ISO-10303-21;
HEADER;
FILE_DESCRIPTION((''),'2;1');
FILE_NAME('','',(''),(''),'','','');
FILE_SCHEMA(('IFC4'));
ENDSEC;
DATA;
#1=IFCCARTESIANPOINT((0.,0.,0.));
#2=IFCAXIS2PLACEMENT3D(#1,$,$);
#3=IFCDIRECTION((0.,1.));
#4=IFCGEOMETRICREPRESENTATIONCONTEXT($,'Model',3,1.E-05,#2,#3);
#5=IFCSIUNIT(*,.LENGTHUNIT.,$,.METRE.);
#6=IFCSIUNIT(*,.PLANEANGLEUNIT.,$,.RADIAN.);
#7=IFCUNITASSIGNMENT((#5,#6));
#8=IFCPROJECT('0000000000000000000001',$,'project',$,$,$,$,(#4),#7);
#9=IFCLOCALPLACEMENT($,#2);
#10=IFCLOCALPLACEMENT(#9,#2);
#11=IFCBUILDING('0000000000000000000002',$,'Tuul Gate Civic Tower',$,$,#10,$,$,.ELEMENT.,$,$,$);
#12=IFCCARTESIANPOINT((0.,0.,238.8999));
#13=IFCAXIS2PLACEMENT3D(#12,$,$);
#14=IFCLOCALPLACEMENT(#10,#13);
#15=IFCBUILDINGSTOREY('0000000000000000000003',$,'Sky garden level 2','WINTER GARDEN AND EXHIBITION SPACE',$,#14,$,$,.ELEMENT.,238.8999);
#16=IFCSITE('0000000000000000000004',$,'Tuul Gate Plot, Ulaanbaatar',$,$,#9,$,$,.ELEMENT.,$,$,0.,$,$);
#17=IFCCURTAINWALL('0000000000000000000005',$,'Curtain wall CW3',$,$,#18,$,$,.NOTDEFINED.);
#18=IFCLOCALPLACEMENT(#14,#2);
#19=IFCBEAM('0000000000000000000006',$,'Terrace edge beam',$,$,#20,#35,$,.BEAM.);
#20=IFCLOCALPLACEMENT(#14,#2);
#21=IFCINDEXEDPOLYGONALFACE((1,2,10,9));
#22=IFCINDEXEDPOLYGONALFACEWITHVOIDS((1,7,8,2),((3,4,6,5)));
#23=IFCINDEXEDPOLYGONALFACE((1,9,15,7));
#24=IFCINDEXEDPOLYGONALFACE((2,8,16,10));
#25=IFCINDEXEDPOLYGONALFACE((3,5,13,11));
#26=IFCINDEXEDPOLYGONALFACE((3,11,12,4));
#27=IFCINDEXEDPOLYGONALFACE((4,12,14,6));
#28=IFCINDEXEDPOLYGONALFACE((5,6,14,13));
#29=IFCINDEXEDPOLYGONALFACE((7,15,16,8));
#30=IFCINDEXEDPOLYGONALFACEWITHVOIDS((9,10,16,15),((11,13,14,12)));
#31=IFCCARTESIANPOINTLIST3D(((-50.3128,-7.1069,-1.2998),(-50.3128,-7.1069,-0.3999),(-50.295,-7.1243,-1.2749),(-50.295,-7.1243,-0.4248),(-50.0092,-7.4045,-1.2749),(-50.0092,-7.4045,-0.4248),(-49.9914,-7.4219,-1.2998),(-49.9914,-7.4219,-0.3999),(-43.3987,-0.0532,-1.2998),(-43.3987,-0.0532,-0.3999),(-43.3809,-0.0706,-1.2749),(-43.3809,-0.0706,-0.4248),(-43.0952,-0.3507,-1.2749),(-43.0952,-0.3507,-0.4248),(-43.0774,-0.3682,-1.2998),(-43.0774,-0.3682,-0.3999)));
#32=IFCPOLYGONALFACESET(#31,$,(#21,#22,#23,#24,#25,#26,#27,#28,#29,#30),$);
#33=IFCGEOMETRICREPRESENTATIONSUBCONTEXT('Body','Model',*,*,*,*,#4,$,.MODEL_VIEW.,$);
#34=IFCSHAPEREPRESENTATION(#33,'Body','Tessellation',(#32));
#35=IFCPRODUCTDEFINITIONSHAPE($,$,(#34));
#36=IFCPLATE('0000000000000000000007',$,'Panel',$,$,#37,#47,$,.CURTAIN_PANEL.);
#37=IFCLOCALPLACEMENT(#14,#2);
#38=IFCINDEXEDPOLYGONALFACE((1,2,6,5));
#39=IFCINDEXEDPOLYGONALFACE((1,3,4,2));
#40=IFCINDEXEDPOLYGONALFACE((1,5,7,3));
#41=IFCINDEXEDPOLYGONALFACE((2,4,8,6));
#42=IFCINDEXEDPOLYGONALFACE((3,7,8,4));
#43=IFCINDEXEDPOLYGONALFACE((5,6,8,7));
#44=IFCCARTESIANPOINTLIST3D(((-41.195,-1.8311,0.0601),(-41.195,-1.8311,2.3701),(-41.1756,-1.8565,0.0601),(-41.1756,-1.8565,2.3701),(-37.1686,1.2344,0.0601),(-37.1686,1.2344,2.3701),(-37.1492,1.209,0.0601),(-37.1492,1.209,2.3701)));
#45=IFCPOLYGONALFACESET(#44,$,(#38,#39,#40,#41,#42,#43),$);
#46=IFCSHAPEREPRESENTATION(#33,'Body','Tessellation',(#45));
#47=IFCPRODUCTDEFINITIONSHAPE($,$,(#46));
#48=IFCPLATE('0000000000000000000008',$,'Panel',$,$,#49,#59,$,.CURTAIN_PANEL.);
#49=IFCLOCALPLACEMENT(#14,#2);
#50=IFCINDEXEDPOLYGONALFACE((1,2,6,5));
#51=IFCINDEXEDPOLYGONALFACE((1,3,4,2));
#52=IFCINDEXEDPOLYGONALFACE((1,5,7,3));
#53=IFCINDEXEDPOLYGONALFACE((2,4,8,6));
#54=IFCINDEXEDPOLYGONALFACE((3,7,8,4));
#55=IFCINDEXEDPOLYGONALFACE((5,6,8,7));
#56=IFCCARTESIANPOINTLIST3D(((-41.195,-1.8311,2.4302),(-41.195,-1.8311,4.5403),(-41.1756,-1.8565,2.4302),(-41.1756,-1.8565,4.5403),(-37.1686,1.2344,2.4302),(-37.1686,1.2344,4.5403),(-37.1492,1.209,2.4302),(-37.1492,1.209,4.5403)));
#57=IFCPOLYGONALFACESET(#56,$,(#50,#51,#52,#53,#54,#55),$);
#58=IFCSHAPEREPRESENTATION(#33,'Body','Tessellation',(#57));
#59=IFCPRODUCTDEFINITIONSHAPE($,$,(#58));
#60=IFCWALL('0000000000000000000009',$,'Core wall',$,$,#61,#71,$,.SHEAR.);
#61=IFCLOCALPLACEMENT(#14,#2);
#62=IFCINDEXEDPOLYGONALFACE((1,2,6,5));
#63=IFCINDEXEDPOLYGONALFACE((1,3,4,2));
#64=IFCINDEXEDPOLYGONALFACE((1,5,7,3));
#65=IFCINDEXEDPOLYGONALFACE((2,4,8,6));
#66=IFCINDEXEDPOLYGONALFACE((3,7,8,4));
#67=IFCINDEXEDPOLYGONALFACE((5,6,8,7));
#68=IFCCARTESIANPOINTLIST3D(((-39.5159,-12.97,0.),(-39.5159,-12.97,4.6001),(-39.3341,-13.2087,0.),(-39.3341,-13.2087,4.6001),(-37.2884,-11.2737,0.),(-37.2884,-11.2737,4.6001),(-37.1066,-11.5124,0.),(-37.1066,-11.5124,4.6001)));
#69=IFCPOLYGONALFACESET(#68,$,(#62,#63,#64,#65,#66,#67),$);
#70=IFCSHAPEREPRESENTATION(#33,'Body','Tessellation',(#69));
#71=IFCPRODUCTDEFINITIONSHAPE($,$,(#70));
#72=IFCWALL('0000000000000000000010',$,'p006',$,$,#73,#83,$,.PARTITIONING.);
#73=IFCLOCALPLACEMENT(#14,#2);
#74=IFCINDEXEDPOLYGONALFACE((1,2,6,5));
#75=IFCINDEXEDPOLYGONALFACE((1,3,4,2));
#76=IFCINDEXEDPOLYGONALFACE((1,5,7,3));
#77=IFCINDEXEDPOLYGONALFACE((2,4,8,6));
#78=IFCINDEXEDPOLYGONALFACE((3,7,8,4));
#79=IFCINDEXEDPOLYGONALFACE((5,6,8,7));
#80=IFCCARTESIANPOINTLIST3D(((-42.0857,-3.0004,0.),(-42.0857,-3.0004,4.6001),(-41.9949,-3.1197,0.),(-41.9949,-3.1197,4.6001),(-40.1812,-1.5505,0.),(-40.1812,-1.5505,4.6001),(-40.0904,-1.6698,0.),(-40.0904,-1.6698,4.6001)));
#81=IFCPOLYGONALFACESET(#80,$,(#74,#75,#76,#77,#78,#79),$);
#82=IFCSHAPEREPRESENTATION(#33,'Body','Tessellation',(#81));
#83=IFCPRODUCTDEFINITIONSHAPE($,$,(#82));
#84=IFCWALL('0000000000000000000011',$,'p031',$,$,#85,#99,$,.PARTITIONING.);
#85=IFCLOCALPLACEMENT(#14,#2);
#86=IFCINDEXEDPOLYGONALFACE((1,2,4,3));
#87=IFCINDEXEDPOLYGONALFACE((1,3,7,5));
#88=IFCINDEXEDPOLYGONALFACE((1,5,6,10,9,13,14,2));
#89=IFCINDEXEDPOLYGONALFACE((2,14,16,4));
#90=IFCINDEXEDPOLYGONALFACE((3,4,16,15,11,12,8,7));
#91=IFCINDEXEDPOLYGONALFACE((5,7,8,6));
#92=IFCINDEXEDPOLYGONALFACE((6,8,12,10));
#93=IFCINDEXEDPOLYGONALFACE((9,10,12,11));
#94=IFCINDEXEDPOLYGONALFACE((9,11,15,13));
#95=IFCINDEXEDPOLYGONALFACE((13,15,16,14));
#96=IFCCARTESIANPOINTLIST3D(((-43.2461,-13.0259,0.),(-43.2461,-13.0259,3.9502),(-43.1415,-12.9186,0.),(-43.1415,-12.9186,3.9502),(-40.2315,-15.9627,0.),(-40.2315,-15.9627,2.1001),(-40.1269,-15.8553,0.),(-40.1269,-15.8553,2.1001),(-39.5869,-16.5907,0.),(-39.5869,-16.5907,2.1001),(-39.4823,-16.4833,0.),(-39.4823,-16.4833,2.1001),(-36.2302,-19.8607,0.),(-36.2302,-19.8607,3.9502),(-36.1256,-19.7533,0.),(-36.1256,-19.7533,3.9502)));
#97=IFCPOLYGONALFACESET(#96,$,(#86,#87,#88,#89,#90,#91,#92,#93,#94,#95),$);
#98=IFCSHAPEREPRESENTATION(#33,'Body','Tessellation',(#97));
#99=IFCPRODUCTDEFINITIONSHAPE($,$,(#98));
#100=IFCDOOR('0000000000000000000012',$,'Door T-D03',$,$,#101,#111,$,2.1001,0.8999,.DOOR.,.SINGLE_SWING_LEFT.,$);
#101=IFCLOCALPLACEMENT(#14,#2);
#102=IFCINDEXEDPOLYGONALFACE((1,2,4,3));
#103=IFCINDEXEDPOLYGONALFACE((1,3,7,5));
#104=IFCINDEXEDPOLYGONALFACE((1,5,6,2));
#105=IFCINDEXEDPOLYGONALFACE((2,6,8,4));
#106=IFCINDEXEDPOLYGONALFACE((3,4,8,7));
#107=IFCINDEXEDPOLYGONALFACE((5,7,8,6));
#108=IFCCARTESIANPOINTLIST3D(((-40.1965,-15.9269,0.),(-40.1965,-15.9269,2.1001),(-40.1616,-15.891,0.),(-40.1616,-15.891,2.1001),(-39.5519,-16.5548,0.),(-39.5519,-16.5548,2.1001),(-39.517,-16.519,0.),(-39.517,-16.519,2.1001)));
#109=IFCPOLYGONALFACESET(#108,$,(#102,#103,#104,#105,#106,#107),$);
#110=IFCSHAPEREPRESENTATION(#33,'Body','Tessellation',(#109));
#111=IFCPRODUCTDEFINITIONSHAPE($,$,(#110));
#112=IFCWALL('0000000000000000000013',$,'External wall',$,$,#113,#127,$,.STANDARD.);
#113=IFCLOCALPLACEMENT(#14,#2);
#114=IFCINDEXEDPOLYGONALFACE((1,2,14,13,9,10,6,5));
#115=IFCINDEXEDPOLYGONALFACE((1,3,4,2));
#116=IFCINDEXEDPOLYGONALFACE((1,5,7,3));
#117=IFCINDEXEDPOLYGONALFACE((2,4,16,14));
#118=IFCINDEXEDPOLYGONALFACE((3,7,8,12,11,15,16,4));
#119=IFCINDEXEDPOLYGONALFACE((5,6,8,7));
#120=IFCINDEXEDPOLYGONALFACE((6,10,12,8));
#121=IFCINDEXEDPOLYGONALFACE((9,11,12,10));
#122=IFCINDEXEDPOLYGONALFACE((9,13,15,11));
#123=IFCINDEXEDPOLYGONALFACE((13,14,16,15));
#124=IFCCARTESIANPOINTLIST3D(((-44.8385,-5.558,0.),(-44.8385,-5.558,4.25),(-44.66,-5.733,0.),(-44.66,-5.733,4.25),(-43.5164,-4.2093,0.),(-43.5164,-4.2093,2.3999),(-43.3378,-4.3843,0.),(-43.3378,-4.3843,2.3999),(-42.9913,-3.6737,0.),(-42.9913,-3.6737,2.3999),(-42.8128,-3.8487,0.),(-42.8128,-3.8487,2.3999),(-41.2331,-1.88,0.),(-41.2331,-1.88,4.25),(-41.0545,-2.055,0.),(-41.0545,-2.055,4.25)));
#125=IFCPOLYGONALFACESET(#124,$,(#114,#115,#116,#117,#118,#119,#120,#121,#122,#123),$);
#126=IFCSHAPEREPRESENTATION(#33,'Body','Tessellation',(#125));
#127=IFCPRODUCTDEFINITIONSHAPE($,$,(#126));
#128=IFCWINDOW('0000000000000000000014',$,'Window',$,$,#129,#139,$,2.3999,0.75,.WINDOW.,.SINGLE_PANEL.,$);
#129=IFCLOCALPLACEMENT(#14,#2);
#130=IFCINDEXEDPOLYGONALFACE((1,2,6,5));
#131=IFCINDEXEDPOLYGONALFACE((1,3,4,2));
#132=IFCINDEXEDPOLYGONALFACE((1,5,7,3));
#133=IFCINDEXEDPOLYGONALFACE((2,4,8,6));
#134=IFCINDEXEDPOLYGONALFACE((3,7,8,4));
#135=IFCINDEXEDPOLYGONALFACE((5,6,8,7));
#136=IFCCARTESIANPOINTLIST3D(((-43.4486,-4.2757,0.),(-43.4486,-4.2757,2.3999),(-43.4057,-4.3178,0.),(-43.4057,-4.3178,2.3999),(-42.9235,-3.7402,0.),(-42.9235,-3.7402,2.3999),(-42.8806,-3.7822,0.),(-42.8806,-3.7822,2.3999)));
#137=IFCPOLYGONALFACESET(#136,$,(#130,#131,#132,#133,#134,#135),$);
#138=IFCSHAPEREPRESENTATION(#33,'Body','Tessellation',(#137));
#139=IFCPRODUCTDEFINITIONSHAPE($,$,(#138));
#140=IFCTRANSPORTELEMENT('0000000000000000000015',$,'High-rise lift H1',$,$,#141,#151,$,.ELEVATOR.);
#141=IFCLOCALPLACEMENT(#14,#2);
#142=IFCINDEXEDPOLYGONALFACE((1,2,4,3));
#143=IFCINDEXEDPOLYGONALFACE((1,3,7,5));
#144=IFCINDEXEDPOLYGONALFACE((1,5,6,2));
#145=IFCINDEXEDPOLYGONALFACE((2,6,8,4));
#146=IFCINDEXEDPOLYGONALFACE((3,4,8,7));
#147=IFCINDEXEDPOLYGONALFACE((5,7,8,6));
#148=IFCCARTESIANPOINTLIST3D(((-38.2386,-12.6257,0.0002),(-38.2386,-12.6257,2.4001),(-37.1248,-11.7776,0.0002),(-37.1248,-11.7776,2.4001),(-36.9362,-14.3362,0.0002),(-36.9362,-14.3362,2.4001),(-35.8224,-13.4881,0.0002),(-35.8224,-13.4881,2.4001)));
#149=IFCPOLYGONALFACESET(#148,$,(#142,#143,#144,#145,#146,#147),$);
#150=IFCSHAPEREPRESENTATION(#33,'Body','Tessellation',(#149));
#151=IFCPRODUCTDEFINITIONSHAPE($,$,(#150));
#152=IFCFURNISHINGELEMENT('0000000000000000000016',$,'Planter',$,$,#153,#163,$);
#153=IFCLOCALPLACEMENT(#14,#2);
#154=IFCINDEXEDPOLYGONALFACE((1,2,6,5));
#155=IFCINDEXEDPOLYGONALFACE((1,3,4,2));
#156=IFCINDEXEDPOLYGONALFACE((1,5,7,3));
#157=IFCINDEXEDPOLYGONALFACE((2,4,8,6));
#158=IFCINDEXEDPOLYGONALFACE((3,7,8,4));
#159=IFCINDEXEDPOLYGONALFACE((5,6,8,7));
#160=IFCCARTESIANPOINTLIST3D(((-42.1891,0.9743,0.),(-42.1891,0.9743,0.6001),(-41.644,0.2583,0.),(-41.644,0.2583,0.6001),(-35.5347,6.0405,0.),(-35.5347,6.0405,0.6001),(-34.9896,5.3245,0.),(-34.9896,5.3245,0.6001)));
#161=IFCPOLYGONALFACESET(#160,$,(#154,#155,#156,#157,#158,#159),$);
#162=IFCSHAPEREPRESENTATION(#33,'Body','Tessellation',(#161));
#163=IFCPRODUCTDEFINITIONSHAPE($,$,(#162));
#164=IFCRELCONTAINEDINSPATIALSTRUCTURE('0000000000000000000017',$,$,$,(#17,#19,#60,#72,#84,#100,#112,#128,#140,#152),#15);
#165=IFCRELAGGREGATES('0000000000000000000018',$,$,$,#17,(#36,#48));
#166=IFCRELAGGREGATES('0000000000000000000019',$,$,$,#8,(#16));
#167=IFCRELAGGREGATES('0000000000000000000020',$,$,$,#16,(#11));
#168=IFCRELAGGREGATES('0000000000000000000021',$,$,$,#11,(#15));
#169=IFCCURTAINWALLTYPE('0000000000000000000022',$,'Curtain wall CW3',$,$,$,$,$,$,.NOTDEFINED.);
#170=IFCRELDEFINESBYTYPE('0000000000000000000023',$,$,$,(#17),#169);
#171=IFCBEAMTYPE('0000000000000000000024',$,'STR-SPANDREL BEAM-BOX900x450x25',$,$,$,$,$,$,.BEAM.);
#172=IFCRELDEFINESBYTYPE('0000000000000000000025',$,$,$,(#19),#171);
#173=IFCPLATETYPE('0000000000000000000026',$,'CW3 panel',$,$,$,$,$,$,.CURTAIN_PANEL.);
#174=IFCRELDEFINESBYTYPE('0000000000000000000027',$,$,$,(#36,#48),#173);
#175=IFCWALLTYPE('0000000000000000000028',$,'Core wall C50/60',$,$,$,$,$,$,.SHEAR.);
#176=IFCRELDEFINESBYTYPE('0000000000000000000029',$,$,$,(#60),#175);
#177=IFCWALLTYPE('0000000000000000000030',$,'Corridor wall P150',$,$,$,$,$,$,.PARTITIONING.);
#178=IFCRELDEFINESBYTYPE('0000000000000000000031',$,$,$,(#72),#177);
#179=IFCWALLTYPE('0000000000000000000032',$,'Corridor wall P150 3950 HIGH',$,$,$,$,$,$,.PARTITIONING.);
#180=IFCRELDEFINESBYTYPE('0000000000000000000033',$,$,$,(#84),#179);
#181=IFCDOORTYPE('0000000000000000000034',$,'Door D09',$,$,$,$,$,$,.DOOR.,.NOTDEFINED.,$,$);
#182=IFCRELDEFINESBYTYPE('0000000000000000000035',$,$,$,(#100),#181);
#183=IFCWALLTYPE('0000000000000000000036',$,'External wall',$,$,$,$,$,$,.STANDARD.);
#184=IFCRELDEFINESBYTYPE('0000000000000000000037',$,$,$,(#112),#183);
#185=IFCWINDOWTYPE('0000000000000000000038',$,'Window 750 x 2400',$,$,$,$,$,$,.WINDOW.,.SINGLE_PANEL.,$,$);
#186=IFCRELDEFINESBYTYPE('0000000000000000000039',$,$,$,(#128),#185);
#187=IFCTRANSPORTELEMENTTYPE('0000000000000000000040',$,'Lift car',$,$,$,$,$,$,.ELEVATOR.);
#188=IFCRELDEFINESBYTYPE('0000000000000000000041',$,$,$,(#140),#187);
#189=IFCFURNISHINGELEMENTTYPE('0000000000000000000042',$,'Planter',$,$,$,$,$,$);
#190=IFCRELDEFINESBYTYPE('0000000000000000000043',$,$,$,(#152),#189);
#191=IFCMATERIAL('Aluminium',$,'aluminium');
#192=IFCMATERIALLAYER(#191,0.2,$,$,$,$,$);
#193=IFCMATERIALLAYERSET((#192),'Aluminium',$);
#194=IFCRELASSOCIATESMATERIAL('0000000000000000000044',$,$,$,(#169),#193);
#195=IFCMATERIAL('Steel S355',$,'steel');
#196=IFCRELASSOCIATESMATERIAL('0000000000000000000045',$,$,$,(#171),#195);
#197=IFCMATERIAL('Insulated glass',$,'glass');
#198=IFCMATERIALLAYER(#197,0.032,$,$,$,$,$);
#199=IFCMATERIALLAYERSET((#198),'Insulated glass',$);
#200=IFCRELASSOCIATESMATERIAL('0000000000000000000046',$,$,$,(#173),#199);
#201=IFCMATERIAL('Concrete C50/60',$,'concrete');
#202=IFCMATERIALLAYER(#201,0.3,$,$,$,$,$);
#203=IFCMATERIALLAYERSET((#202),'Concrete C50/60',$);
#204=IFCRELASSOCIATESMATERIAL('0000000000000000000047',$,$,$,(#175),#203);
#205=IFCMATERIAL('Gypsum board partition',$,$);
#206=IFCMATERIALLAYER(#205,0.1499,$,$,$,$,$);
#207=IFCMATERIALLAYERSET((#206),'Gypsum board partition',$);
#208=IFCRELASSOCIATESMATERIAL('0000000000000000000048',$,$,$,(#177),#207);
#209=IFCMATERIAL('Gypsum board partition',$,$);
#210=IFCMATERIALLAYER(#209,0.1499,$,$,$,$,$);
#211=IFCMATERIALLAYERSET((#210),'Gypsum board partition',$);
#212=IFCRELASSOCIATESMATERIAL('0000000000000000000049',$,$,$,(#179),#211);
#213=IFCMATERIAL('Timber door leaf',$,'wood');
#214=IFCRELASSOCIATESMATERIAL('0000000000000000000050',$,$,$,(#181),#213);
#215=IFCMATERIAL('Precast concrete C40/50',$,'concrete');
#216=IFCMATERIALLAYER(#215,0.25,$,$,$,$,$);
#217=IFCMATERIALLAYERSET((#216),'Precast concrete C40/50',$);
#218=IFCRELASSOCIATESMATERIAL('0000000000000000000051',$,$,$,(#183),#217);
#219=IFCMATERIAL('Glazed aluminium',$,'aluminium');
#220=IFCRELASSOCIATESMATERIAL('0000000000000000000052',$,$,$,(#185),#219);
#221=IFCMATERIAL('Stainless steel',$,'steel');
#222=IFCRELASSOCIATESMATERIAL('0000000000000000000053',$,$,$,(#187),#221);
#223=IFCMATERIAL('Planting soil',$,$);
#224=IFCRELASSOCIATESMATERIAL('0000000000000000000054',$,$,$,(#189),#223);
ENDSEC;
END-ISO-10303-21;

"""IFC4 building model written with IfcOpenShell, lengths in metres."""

from ifc_helpers import new_model, si_unit, direction, frame, frame_2d, origin, origin_2d, place, context, subcontext, project, spatial, rectangle, hollow_rectangle, extrude, material, layer, layer_set, material_profile, profile_set, type_object, element, fill, aggregate, save


model = new_model("IFC4")

# Units and contexts
model_context = context("Model", 3, precision=1e-05, world=origin(), true_north=direction((0.0, 1.0)))
body_context = subcontext(model_context, "Body", "Model", "MODEL_VIEW")
ifc_project = project(units=[si_unit("LENGTHUNIT", "METRE"), si_unit("PLANEANGLEUNIT", "RADIAN")], contexts=[model_context])

# Site, building, storey
site_placement = place(None, origin())
site = spatial("IfcSite", under=ifc_project, at=site_placement, Name="Tuul Gate Plot, Ulaanbaatar", CompositionType="ELEMENT", RefElevation=0.0)
building_placement = place(site_placement, origin())
building = spatial("IfcBuilding", under=site, at=building_placement, Name="Tuul Gate Civic Tower", CompositionType="ELEMENT")
storey_placement = place(building_placement, frame((0.0, 0.0, 238.8999)))
storey = spatial("IfcBuildingStorey", under=building, at=storey_placement, Name="Sky garden level 2", Description="WINTER GARDEN AND EXHIBITION SPACE", CompositionType="ELEMENT", Elevation=238.8999)

# Curtain wall
ifc_material_1 = material(Name="Aluminium", Category="aluminium")
ifc_layer_1 = layer(ifc_material_1, 0.2)
ifc_layer_set_1 = layer_set([ifc_layer_1], Name="Aluminium")
curtain_wall_type = type_object("IfcCurtainWallType", Name="Curtain wall CW3", PredefinedType="NOTDEFINED", material=ifc_layer_set_1)
curtain_wall_placement = place(storey_placement, origin())
curtain_wall = element("IfcCurtainWall", 1, at=curtain_wall_placement, inside=storey, type_object=curtain_wall_type, Name="Curtain wall CW3", PredefinedType="NOTDEFINED")

# Beam
ifc_material_2 = material(Name="Steel S355", Category="steel")
ifc_material_profile_1 = material_profile(ifc_material_2, hollow_rectangle(XDim=0.45, YDim=0.8999, WallThickness=0.0249, at=origin_2d()), Name="BOX900x450x25")
ifc_profile_set_1 = profile_set([ifc_material_profile_1], Name="Steel S355")
beam_type_1 = type_object("IfcBeamType", Name="STR-SPANDREL BEAM-BOX900x450x25", PredefinedType="BEAM", material=ifc_profile_set_1)
beam_1_placement = place(storey_placement, frame((-43.238, -0.2107, -0.8499), z_axis=(-0.700002, -0.714141, 0.0), x_axis=(0.714141, -0.700002, 0.0)))
element("IfcBeam", 2, at=beam_1_placement, inside=storey, type_object=beam_type_1, Name="Terrace edge beam", PredefinedType="BEAM", context=body_context, shape_type="SweptSolid", body=[
    extrude(hollow_rectangle(XDim=0.45, YDim=0.8999, WallThickness=0.0249, at=origin_2d()), origin(), (0.0, 0.0, 1.0), 9.8772),
])

# Plates
ifc_material_3 = material(Name="Insulated glass", Category="glass")
ifc_layer_2 = layer(ifc_material_3, 0.032)
ifc_layer_set_2 = layer_set([ifc_layer_2], Name="Insulated glass")
plate_type = type_object("IfcPlateType", Name="CW3 panel", PredefinedType="CURTAIN_PANEL", material=ifc_layer_set_2)
plate_1_placement = place(storey_placement, frame((-39.1721, -0.311, 0.0601), z_axis=(0.0, 0.0, 1.0), x_axis=(-0.795646, -0.605762, 0.0)))
plate_1 = element("IfcPlate", 3, at=plate_1_placement, type_object=plate_type, Name="Panel", PredefinedType="CURTAIN_PANEL", context=body_context, shape_type="SweptSolid", body=[
    extrude(rectangle(XDim=5.0605, YDim=0.032, at=origin_2d()), origin(), (0.0, 0.0, 1.0), 2.3101),
])
plate_2_placement = place(storey_placement, frame((-39.1721, -0.311, 2.4302), z_axis=(0.0, 0.0, 1.0), x_axis=(-0.795646, -0.605762, 0.0)))
plate_2 = element("IfcPlate", 4, at=plate_2_placement, type_object=plate_type, Name="Panel", PredefinedType="CURTAIN_PANEL", context=body_context, shape_type="SweptSolid", body=[
    extrude(rectangle(XDim=5.0605, YDim=0.032, at=origin_2d()), origin(), (0.0, 0.0, 1.0), 2.1101),
])
aggregate(curtain_wall, [plate_1, plate_2])

# Walls
ifc_material_4 = material(Name="Concrete C50/60", Category="concrete")
ifc_layer_3 = layer(ifc_material_4, 0.3)
ifc_layer_set_3 = layer_set([ifc_layer_3], Name="Concrete C50/60")
wall_type_1 = type_object("IfcWallType", Name="Core wall C50/60", PredefinedType="SHEAR", material=ifc_layer_set_3)
wall_1_placement = place(storey_placement, frame((-37.1975, -11.3931, 0.0), z_axis=(0.0, 0.0, 1.0), x_axis=(-0.795584, -0.605844, 0.0)))
element("IfcWall", 5, at=wall_1_placement, inside=storey, type_object=wall_type_1, Name="Core wall", PredefinedType="SHEAR", context=body_context, shape_type="SweptSolid", body=[
    extrude(rectangle(XDim=2.7998, YDim=0.3, at=frame_2d((1.3999, 0.0))), origin(), (0.0, 0.0, 1.0), 4.6001),
])
ifc_material_5 = material(Name="Gypsum board partition")
ifc_layer_4 = layer(ifc_material_5, 0.1499)
ifc_layer_set_4 = layer_set([ifc_layer_4], Name="Gypsum board partition")
wall_type_2 = type_object("IfcWallType", Name="Corridor wall P150", PredefinedType="PARTITIONING", material=ifc_layer_set_4)
wall_2_placement = place(storey_placement, frame((-42.0403, -3.0601, 0.0), z_axis=(0.0, 0.0, 1.0), x_axis=(0.795659, 0.605745, 0.0)))
element("IfcWall", 6, at=wall_2_placement, inside=storey, type_object=wall_type_2, Name="p006", PredefinedType="PARTITIONING", context=body_context, shape_type="SweptSolid", body=[
    extrude(rectangle(XDim=2.3936, YDim=0.1499, at=frame_2d((1.1968, 0.0))), origin(), (0.0, 0.0, 1.0), 4.6001),
])

# Wall, opening, door
ifc_material_6 = material(Name="Gypsum board partition")
ifc_layer_5 = layer(ifc_material_6, 0.1499)
ifc_layer_set_5 = layer_set([ifc_layer_5], Name="Gypsum board partition")
wall_type_3 = type_object("IfcWallType", Name="Corridor wall P150 3950 HIGH", PredefinedType="PARTITIONING", material=ifc_layer_set_5)
wall_3_placement = place(storey_placement, frame((-43.1938, -12.9722, 0.0), z_axis=(0.0, 0.0, 1.0), x_axis=(0.716294, -0.697799, 0.0)))
wall_3 = element("IfcWall", 7, at=wall_3_placement, inside=storey, type_object=wall_type_3, Name="p031", PredefinedType="PARTITIONING", context=body_context, shape_type="SweptSolid", body=[
    extrude(rectangle(XDim=9.7947, YDim=0.1499, at=frame_2d((4.8975, 0.0))), origin(), (0.0, 0.0, 1.0), 3.9502),
])
opening_1_placement = place(wall_3_placement, frame((4.2087, 0.0, 0.0)))
opening_1 = element("IfcOpeningElement", 8, at=opening_1_placement, cuts=wall_3, PredefinedType="OPENING", context=body_context, shape_type="SweptSolid", body=[
    extrude(rectangle(XDim=0.8999, YDim=2.1001, at=frame_2d((0.45, 1.05))), frame((0.0, 0.085, 0.0), z_axis=(0.0, -1.0, 0.0), x_axis=(1.0, 0.0, 0.0)), (0.0, 0.0, 1.0), 0.1699),
])
ifc_material_7 = material(Name="Timber door leaf", Category="wood")
door_type_1 = type_object("IfcDoorType", Name="Door D09", OperationType="NOTDEFINED", PredefinedType="DOOR", material=ifc_material_7)
door_1_placement = place(opening_1_placement, frame((0.8999, 0.0, 0.0), z_axis=(0.0, 0.0, 1.0), x_axis=(-1.0, 0.0, 0.0)))
door_1 = element("IfcDoor", 9, at=door_1_placement, inside=storey, type_object=door_type_1, Name="Door T-D03", OperationType="SINGLE_SWING_LEFT", OverallHeight=2.1001, OverallWidth=0.8999, PredefinedType="DOOR", context=body_context, shape_type="SweptSolid", body=[
    extrude(rectangle(XDim=0.8999, YDim=2.1001, at=frame_2d((0.45, 1.05))), frame((0.0, 0.0249, 0.0), z_axis=(0.0, -1.0, 0.0), x_axis=(1.0, 0.0, 0.0)), (0.0, 0.0, 1.0), 0.05),
])
fill(opening_1, door_1)

# Wall, opening, window
ifc_material_8 = material(Name="Precast concrete C40/50", Category="concrete")
ifc_layer_6 = layer(ifc_material_8, 0.25)
ifc_layer_set_6 = layer_set([ifc_layer_6], Name="Precast concrete C40/50")
wall_type_4 = type_object("IfcWallType", Name="External wall", PredefinedType="STANDARD", material=ifc_layer_set_6)
wall_4_placement = place(storey_placement, frame((-41.1438, -1.9675, 0.0), z_axis=(0.0, 0.0, 1.0), x_axis=(-0.700033, -0.714111, 0.0)))
wall_4 = element("IfcWall", 10, at=wall_4_placement, inside=storey, type_object=wall_type_4, Name="External wall", PredefinedType="STANDARD", context=body_context, shape_type="SweptSolid", body=[
    extrude(rectangle(XDim=5.1504, YDim=0.25, at=frame_2d((2.5752, 0.0))), origin(), (0.0, 0.0, 1.0), 4.25),
])
opening_2_placement = place(wall_4_placement, frame((2.5117, 0.0, 0.0)))
opening_2 = element("IfcOpeningElement", 11, at=opening_2_placement, cuts=wall_4, PredefinedType="OPENING", context=body_context, shape_type="SweptSolid", body=[
    extrude(rectangle(XDim=0.75, YDim=2.3999, at=frame_2d((0.375, 1.2))), frame((0.0, 0.135, 0.0), z_axis=(0.0, -1.0, 0.0), x_axis=(1.0, 0.0, 0.0)), (0.0, 0.0, 1.0), 0.27),
])
ifc_material_9 = material(Name="Glazed aluminium", Category="aluminium")
window_type = type_object("IfcWindowType", Name="Window 750 x 2400", PartitioningType="SINGLE_PANEL", PredefinedType="WINDOW", material=ifc_material_9)
window_placement = place(opening_2_placement, origin())
window = element("IfcWindow", 12, at=window_placement, inside=storey, type_object=window_type, Name="Window", OverallHeight=2.3999, OverallWidth=0.75, PartitioningType="SINGLE_PANEL", PredefinedType="WINDOW", context=body_context, shape_type="SweptSolid", body=[
    extrude(rectangle(XDim=0.75, YDim=2.3999, at=frame_2d((0.375, 1.2))), frame((0.0, 0.03, 0.0), z_axis=(0.0, -1.0, 0.0), x_axis=(1.0, 0.0, 0.0)), (0.0, 0.0, 1.0), 0.0601),
])
fill(opening_2, window)

# Transport element
ifc_material_10 = material(Name="Stainless steel", Category="steel")
transport_element_type = type_object("IfcTransportElementType", Name="Lift car", PredefinedType="ELEVATOR", material=ifc_material_10)
transport_element_placement = place(storey_placement, frame((-37.0305, -13.0569, 0.0002), z_axis=(0.0, 0.0, 1.0), x_axis=(-0.795623, -0.605793, 0.0)))
element("IfcTransportElement", 13, at=transport_element_placement, inside=storey, type_object=transport_element_type, Name="High-rise lift H1", PredefinedType="ELEVATOR", context=body_context, shape_type="SweptSolid", body=[
    extrude(rectangle(XDim=1.3999, YDim=2.1499, at=origin_2d()), origin(), (0.0, 0.0, 1.0), 2.3999),
])

# Furnishing element
ifc_material_11 = material(Name="Planting soil")
furnishing_element_type = type_object("IfcFurnishingElementType", Name="Planter", material=ifc_material_11)
furnishing_placement = place(storey_placement, frame((-38.5894, 3.1494, 0.0), z_axis=(0.0, 0.0, 1.0), x_axis=(-0.795653, -0.605752, 0.0)))
element("IfcFurnishingElement", 14, at=furnishing_placement, inside=storey, type_object=furnishing_element_type, Name="Planter", context=body_context, shape_type="SweptSolid", body=[
    extrude(rectangle(XDim=8.3635, YDim=0.8999, at=origin_2d()), origin(), (0.0, 0.0, 1.0), 0.6001),
])

save(model, "model.ifc")
